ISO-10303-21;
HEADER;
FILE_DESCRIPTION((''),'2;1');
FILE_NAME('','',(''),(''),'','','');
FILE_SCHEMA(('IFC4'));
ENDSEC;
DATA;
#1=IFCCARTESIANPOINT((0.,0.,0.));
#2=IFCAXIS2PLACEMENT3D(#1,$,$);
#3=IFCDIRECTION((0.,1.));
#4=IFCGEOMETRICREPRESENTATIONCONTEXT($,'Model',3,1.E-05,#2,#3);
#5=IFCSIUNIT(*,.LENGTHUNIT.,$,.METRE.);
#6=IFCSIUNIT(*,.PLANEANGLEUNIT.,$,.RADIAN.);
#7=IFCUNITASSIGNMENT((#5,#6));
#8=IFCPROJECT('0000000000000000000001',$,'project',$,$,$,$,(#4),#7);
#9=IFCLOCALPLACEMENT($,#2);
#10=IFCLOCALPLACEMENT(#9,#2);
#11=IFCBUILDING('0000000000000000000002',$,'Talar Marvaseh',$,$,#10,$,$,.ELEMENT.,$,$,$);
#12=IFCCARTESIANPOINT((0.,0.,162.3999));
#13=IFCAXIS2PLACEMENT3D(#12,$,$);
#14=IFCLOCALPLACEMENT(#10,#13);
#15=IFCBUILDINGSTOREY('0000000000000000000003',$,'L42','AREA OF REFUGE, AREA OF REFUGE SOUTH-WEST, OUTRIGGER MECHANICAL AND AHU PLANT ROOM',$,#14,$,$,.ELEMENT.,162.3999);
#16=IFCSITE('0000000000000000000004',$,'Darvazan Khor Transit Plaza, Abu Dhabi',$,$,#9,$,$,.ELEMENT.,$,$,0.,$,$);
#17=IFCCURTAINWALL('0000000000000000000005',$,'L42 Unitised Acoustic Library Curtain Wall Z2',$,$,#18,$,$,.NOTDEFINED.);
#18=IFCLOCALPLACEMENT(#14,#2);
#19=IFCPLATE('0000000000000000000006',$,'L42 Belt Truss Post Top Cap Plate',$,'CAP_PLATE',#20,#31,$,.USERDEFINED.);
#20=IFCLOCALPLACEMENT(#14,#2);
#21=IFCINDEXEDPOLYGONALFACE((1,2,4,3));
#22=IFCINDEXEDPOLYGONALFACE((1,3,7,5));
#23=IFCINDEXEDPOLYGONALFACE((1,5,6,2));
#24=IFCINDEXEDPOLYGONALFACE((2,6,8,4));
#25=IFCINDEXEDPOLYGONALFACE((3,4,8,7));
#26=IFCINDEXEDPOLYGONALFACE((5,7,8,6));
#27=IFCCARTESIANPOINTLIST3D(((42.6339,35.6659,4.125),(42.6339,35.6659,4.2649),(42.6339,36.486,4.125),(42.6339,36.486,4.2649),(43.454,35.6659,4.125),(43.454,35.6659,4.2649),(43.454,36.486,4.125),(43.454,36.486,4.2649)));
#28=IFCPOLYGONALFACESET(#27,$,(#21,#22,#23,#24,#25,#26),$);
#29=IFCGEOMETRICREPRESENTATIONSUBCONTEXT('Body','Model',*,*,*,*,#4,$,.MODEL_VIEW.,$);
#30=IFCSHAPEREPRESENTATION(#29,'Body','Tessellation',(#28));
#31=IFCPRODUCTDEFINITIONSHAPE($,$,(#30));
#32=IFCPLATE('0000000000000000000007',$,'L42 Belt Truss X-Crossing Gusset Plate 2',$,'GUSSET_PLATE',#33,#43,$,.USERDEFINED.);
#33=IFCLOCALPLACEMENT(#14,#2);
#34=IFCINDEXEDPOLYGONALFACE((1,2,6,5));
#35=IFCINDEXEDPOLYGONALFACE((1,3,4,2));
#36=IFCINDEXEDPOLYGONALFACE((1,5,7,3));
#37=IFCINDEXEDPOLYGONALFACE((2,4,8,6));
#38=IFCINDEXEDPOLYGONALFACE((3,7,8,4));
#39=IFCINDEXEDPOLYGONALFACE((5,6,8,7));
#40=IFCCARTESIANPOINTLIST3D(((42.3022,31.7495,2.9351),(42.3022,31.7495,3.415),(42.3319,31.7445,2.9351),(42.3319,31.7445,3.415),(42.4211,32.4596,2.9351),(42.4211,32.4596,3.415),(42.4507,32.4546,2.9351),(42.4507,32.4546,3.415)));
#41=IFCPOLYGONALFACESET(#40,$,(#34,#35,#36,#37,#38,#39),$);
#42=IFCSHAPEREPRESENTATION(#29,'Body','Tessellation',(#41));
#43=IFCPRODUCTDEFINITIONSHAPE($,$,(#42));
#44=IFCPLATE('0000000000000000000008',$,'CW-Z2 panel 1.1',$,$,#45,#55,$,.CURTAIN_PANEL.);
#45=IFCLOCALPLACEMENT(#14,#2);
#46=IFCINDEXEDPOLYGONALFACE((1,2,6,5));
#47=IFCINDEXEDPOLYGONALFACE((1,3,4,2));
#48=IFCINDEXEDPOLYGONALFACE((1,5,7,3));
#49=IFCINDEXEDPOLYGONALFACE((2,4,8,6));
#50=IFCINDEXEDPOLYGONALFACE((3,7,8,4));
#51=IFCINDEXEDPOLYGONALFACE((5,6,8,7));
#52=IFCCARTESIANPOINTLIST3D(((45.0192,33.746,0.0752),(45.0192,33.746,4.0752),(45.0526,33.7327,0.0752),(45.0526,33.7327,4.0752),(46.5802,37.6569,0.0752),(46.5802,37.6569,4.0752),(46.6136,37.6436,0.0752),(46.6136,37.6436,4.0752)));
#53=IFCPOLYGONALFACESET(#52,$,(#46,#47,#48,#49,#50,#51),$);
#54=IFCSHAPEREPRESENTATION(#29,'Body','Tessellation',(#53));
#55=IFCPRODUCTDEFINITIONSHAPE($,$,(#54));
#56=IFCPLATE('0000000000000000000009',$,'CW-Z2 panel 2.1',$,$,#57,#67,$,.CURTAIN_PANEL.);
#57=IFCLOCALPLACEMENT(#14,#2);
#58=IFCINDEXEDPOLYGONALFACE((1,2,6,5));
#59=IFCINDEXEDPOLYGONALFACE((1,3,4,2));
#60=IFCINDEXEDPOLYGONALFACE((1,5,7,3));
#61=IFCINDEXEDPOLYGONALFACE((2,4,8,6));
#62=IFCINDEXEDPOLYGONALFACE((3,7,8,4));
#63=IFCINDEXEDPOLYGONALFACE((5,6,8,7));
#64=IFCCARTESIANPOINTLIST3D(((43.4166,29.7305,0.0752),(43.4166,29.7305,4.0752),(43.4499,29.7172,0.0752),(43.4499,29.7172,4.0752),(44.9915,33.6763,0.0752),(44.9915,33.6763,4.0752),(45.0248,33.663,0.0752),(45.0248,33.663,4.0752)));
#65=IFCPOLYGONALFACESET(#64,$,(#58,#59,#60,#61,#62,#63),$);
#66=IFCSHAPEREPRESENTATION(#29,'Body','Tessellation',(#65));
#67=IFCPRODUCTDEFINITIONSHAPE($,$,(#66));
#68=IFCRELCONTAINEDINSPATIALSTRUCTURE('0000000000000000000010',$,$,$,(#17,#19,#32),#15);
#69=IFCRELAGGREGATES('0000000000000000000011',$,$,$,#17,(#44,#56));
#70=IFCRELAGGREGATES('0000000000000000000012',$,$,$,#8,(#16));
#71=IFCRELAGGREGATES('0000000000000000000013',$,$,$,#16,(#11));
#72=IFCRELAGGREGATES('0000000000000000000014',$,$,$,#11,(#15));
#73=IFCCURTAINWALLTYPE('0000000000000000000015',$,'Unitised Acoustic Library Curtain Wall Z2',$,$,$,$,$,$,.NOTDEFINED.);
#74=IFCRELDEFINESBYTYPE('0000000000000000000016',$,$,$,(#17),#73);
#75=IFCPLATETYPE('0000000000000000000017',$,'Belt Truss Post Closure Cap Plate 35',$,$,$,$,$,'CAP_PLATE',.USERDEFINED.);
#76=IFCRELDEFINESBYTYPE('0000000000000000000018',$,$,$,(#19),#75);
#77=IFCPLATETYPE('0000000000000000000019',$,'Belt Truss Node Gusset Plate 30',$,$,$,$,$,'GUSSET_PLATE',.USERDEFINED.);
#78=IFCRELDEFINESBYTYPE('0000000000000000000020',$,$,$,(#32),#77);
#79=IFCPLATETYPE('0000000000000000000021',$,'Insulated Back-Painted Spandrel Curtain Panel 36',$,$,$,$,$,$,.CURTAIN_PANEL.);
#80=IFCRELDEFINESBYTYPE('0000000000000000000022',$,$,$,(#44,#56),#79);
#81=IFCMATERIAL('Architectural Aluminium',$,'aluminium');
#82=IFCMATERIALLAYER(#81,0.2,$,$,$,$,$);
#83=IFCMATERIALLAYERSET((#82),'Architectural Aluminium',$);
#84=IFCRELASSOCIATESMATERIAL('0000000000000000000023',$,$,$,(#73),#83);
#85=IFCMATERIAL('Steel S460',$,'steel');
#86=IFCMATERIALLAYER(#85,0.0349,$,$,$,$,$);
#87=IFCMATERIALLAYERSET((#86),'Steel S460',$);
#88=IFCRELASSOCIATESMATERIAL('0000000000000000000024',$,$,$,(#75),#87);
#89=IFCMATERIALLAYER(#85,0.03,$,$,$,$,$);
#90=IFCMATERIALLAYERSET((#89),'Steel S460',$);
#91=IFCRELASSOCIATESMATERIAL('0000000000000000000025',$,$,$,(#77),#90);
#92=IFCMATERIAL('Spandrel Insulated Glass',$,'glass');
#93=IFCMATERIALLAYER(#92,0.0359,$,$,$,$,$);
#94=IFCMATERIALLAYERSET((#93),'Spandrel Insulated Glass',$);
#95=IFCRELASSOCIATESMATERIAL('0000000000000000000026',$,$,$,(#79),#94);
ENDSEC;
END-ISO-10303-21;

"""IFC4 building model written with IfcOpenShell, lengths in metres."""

from ifc_helpers import new_model, si_unit, direction, frame, origin, origin_2d, place, context, subcontext, project, spatial, rectangle, extrude, source, transform, mapped, material, layer, layer_set, type_object, type_shapes, element, aggregate, save


model = new_model("IFC4")

# Units and contexts
model_context = context("Model", 3, precision=1e-05, world=origin(), true_north=direction((0.0, 1.0)))
body_context = subcontext(model_context, "Body", "Model", "MODEL_VIEW")
ifc_project = project(units=[si_unit("LENGTHUNIT", "METRE"), si_unit("PLANEANGLEUNIT", "RADIAN")], contexts=[model_context])

# Site, building, storey
site_placement = place(None, origin())
site = spatial("IfcSite", under=ifc_project, at=site_placement, Name="Darvazan Khor Transit Plaza, Abu Dhabi", CompositionType="ELEMENT", RefElevation=0.0)
building_placement = place(site_placement, origin())
building = spatial("IfcBuilding", under=site, at=building_placement, Name="Talar Marvaseh", CompositionType="ELEMENT")
storey_placement = place(building_placement, frame((0.0, 0.0, 162.3999)))
storey = spatial("IfcBuildingStorey", under=building, at=storey_placement, Name="L42", Description="AREA OF REFUGE, AREA OF REFUGE SOUTH-WEST, OUTRIGGER MECHANICAL AND AHU PLANT ROOM", CompositionType="ELEMENT", Elevation=162.3999)

# Shared definitions
ifc_material_1 = material(Name="Steel S460", Category="steel")

# Curtain wall
ifc_material_2 = material(Name="Architectural Aluminium", Category="aluminium")
ifc_layer_1 = layer(ifc_material_2, 0.2)
ifc_layer_set_1 = layer_set([ifc_layer_1], Name="Architectural Aluminium")
curtain_wall_type = type_object("IfcCurtainWallType", Name="Unitised Acoustic Library Curtain Wall Z2", PredefinedType="NOTDEFINED", material=ifc_layer_set_1)
curtain_wall_placement = place(storey_placement, origin())
curtain_wall = element("IfcCurtainWall", 1, at=curtain_wall_placement, inside=storey, type_object=curtain_wall_type, Name="L42 Unitised Acoustic Library Curtain Wall Z2", PredefinedType="NOTDEFINED")

# Plates
ifc_layer_2 = layer(ifc_material_1, 0.0349)
ifc_layer_set_2 = layer_set([ifc_layer_2], Name="Steel S460")
plate_type_1 = type_object("IfcPlateType", Name="Belt Truss Post Closure Cap Plate 35", ElementType="CAP_PLATE", PredefinedType="USERDEFINED", material=ifc_layer_set_2)
shared_shape_1 = source(origin(), body_context, "Body", "SweptSolid", [
    extrude(rectangle(XDim=0.8201, YDim=0.8201, at=origin_2d()), origin(), (0.0, 0.0, 1.0), 0.1399),
])
plate_1_placement = place(storey_placement, frame((43.0439, 36.0759, 4.125), z_axis=(0.0, 0.0, 1.0), x_axis=(1.0, 0.0, 0.0)))
element("IfcPlate", 2, at=plate_1_placement, inside=storey, type_object=plate_type_1, Name="L42 Belt Truss Post Top Cap Plate", ObjectType="CAP_PLATE", PredefinedType="USERDEFINED", context=body_context, shape_type="MappedRepresentation", body=[
    mapped(shared_shape_1, transform((0.0, 0.0, 0.0), x_axis=(1.0, 0.0, 0.0), y_axis=(0.0, 1.0, 0.0), z_axis=(0.0, 0.0, 1.0), scale=1.0)),
])
ifc_layer_3 = layer(ifc_material_1, 0.03)
ifc_layer_set_3 = layer_set([ifc_layer_3], Name="Steel S460")
plate_type_2 = type_object("IfcPlateType", Name="Belt Truss Node Gusset Plate 30", ElementType="GUSSET_PLATE", PredefinedType="USERDEFINED", material=ifc_layer_set_3)
shared_shape_2 = source(origin(), body_context, "Body", "SweptSolid", [
    extrude(rectangle(XDim=0.72, YDim=0.03, at=origin_2d()), origin(), (0.0, 0.0, 1.0), 0.48),
])
type_shapes(plate_type_2, [shared_shape_2])
plate_2_placement = place(storey_placement, frame((42.3765, 32.1021, 2.9351), z_axis=(0.0, 0.0, 1.0), x_axis=(-0.165048, -0.986286, 0.0)))
element("IfcPlate", 3, at=plate_2_placement, inside=storey, type_object=plate_type_2, Name="L42 Belt Truss X-Crossing Gusset Plate 2", ObjectType="GUSSET_PLATE", PredefinedType="USERDEFINED", context=body_context, shape_type="MappedRepresentation", body=[
    mapped(shared_shape_2, transform((0.0, 0.0, 0.0), x_axis=(1.0, 0.0, 0.0), y_axis=(0.0, 1.0, 0.0), z_axis=(0.0, 0.0, 1.0), scale=1.0)),
])

# Plates
ifc_material_3 = material(Name="Spandrel Insulated Glass", Category="glass")
ifc_layer_4 = layer(ifc_material_3, 0.0359)
ifc_layer_set_4 = layer_set([ifc_layer_4], Name="Spandrel Insulated Glass")
plate_type_3 = type_object("IfcPlateType", Name="Insulated Back-Painted Spandrel Curtain Panel 36", PredefinedType="CURTAIN_PANEL", material=ifc_layer_set_4)
shared_shape_3 = source(origin(), body_context, "Body", "SweptSolid", [
    extrude(rectangle(XDim=4.2109, YDim=0.0359, at=origin_2d()), origin(), (0.0, 0.0, 1.0), 4.0),
])
plate_3_placement = place(storey_placement, frame((45.8164, 35.6948, 0.0752), z_axis=(0.0, 0.0, 1.0), x_axis=(-0.370702, -0.928752, 0.0)))
plate_3 = element("IfcPlate", 4, at=plate_3_placement, type_object=plate_type_3, Name="CW-Z2 panel 1.1", PredefinedType="CURTAIN_PANEL", context=body_context, shape_type="MappedRepresentation", body=[
    mapped(shared_shape_3, transform((0.0, 0.0, 0.0), x_axis=(1.0, 0.0, 0.0), y_axis=(0.0, 1.0, 0.0), z_axis=(0.0, 0.0, 1.0), scale=1.0)),
])
shared_shape_4 = source(origin(), body_context, "Body", "SweptSolid", [
    extrude(rectangle(XDim=4.2485, YDim=0.0359, at=origin_2d()), origin(), (0.0, 0.0, 1.0), 4.0),
])
type_shapes(plate_type_3, [shared_shape_3, shared_shape_4])
plate_4_placement = place(storey_placement, frame((44.2207, 31.6968, 0.0752), z_axis=(0.0, 0.0, 1.0), x_axis=(-0.370702, -0.928752, 0.0)))
plate_4 = element("IfcPlate", 5, at=plate_4_placement, type_object=plate_type_3, Name="CW-Z2 panel 2.1", PredefinedType="CURTAIN_PANEL", context=body_context, shape_type="MappedRepresentation", body=[
    mapped(shared_shape_4, transform((0.0, 0.0, 0.0), x_axis=(1.0, 0.0, 0.0), y_axis=(0.0, 1.0, 0.0), z_axis=(0.0, 0.0, 1.0), scale=1.0)),
])
aggregate(curtain_wall, [plate_3, plate_4])

save(model, "model.ifc")
